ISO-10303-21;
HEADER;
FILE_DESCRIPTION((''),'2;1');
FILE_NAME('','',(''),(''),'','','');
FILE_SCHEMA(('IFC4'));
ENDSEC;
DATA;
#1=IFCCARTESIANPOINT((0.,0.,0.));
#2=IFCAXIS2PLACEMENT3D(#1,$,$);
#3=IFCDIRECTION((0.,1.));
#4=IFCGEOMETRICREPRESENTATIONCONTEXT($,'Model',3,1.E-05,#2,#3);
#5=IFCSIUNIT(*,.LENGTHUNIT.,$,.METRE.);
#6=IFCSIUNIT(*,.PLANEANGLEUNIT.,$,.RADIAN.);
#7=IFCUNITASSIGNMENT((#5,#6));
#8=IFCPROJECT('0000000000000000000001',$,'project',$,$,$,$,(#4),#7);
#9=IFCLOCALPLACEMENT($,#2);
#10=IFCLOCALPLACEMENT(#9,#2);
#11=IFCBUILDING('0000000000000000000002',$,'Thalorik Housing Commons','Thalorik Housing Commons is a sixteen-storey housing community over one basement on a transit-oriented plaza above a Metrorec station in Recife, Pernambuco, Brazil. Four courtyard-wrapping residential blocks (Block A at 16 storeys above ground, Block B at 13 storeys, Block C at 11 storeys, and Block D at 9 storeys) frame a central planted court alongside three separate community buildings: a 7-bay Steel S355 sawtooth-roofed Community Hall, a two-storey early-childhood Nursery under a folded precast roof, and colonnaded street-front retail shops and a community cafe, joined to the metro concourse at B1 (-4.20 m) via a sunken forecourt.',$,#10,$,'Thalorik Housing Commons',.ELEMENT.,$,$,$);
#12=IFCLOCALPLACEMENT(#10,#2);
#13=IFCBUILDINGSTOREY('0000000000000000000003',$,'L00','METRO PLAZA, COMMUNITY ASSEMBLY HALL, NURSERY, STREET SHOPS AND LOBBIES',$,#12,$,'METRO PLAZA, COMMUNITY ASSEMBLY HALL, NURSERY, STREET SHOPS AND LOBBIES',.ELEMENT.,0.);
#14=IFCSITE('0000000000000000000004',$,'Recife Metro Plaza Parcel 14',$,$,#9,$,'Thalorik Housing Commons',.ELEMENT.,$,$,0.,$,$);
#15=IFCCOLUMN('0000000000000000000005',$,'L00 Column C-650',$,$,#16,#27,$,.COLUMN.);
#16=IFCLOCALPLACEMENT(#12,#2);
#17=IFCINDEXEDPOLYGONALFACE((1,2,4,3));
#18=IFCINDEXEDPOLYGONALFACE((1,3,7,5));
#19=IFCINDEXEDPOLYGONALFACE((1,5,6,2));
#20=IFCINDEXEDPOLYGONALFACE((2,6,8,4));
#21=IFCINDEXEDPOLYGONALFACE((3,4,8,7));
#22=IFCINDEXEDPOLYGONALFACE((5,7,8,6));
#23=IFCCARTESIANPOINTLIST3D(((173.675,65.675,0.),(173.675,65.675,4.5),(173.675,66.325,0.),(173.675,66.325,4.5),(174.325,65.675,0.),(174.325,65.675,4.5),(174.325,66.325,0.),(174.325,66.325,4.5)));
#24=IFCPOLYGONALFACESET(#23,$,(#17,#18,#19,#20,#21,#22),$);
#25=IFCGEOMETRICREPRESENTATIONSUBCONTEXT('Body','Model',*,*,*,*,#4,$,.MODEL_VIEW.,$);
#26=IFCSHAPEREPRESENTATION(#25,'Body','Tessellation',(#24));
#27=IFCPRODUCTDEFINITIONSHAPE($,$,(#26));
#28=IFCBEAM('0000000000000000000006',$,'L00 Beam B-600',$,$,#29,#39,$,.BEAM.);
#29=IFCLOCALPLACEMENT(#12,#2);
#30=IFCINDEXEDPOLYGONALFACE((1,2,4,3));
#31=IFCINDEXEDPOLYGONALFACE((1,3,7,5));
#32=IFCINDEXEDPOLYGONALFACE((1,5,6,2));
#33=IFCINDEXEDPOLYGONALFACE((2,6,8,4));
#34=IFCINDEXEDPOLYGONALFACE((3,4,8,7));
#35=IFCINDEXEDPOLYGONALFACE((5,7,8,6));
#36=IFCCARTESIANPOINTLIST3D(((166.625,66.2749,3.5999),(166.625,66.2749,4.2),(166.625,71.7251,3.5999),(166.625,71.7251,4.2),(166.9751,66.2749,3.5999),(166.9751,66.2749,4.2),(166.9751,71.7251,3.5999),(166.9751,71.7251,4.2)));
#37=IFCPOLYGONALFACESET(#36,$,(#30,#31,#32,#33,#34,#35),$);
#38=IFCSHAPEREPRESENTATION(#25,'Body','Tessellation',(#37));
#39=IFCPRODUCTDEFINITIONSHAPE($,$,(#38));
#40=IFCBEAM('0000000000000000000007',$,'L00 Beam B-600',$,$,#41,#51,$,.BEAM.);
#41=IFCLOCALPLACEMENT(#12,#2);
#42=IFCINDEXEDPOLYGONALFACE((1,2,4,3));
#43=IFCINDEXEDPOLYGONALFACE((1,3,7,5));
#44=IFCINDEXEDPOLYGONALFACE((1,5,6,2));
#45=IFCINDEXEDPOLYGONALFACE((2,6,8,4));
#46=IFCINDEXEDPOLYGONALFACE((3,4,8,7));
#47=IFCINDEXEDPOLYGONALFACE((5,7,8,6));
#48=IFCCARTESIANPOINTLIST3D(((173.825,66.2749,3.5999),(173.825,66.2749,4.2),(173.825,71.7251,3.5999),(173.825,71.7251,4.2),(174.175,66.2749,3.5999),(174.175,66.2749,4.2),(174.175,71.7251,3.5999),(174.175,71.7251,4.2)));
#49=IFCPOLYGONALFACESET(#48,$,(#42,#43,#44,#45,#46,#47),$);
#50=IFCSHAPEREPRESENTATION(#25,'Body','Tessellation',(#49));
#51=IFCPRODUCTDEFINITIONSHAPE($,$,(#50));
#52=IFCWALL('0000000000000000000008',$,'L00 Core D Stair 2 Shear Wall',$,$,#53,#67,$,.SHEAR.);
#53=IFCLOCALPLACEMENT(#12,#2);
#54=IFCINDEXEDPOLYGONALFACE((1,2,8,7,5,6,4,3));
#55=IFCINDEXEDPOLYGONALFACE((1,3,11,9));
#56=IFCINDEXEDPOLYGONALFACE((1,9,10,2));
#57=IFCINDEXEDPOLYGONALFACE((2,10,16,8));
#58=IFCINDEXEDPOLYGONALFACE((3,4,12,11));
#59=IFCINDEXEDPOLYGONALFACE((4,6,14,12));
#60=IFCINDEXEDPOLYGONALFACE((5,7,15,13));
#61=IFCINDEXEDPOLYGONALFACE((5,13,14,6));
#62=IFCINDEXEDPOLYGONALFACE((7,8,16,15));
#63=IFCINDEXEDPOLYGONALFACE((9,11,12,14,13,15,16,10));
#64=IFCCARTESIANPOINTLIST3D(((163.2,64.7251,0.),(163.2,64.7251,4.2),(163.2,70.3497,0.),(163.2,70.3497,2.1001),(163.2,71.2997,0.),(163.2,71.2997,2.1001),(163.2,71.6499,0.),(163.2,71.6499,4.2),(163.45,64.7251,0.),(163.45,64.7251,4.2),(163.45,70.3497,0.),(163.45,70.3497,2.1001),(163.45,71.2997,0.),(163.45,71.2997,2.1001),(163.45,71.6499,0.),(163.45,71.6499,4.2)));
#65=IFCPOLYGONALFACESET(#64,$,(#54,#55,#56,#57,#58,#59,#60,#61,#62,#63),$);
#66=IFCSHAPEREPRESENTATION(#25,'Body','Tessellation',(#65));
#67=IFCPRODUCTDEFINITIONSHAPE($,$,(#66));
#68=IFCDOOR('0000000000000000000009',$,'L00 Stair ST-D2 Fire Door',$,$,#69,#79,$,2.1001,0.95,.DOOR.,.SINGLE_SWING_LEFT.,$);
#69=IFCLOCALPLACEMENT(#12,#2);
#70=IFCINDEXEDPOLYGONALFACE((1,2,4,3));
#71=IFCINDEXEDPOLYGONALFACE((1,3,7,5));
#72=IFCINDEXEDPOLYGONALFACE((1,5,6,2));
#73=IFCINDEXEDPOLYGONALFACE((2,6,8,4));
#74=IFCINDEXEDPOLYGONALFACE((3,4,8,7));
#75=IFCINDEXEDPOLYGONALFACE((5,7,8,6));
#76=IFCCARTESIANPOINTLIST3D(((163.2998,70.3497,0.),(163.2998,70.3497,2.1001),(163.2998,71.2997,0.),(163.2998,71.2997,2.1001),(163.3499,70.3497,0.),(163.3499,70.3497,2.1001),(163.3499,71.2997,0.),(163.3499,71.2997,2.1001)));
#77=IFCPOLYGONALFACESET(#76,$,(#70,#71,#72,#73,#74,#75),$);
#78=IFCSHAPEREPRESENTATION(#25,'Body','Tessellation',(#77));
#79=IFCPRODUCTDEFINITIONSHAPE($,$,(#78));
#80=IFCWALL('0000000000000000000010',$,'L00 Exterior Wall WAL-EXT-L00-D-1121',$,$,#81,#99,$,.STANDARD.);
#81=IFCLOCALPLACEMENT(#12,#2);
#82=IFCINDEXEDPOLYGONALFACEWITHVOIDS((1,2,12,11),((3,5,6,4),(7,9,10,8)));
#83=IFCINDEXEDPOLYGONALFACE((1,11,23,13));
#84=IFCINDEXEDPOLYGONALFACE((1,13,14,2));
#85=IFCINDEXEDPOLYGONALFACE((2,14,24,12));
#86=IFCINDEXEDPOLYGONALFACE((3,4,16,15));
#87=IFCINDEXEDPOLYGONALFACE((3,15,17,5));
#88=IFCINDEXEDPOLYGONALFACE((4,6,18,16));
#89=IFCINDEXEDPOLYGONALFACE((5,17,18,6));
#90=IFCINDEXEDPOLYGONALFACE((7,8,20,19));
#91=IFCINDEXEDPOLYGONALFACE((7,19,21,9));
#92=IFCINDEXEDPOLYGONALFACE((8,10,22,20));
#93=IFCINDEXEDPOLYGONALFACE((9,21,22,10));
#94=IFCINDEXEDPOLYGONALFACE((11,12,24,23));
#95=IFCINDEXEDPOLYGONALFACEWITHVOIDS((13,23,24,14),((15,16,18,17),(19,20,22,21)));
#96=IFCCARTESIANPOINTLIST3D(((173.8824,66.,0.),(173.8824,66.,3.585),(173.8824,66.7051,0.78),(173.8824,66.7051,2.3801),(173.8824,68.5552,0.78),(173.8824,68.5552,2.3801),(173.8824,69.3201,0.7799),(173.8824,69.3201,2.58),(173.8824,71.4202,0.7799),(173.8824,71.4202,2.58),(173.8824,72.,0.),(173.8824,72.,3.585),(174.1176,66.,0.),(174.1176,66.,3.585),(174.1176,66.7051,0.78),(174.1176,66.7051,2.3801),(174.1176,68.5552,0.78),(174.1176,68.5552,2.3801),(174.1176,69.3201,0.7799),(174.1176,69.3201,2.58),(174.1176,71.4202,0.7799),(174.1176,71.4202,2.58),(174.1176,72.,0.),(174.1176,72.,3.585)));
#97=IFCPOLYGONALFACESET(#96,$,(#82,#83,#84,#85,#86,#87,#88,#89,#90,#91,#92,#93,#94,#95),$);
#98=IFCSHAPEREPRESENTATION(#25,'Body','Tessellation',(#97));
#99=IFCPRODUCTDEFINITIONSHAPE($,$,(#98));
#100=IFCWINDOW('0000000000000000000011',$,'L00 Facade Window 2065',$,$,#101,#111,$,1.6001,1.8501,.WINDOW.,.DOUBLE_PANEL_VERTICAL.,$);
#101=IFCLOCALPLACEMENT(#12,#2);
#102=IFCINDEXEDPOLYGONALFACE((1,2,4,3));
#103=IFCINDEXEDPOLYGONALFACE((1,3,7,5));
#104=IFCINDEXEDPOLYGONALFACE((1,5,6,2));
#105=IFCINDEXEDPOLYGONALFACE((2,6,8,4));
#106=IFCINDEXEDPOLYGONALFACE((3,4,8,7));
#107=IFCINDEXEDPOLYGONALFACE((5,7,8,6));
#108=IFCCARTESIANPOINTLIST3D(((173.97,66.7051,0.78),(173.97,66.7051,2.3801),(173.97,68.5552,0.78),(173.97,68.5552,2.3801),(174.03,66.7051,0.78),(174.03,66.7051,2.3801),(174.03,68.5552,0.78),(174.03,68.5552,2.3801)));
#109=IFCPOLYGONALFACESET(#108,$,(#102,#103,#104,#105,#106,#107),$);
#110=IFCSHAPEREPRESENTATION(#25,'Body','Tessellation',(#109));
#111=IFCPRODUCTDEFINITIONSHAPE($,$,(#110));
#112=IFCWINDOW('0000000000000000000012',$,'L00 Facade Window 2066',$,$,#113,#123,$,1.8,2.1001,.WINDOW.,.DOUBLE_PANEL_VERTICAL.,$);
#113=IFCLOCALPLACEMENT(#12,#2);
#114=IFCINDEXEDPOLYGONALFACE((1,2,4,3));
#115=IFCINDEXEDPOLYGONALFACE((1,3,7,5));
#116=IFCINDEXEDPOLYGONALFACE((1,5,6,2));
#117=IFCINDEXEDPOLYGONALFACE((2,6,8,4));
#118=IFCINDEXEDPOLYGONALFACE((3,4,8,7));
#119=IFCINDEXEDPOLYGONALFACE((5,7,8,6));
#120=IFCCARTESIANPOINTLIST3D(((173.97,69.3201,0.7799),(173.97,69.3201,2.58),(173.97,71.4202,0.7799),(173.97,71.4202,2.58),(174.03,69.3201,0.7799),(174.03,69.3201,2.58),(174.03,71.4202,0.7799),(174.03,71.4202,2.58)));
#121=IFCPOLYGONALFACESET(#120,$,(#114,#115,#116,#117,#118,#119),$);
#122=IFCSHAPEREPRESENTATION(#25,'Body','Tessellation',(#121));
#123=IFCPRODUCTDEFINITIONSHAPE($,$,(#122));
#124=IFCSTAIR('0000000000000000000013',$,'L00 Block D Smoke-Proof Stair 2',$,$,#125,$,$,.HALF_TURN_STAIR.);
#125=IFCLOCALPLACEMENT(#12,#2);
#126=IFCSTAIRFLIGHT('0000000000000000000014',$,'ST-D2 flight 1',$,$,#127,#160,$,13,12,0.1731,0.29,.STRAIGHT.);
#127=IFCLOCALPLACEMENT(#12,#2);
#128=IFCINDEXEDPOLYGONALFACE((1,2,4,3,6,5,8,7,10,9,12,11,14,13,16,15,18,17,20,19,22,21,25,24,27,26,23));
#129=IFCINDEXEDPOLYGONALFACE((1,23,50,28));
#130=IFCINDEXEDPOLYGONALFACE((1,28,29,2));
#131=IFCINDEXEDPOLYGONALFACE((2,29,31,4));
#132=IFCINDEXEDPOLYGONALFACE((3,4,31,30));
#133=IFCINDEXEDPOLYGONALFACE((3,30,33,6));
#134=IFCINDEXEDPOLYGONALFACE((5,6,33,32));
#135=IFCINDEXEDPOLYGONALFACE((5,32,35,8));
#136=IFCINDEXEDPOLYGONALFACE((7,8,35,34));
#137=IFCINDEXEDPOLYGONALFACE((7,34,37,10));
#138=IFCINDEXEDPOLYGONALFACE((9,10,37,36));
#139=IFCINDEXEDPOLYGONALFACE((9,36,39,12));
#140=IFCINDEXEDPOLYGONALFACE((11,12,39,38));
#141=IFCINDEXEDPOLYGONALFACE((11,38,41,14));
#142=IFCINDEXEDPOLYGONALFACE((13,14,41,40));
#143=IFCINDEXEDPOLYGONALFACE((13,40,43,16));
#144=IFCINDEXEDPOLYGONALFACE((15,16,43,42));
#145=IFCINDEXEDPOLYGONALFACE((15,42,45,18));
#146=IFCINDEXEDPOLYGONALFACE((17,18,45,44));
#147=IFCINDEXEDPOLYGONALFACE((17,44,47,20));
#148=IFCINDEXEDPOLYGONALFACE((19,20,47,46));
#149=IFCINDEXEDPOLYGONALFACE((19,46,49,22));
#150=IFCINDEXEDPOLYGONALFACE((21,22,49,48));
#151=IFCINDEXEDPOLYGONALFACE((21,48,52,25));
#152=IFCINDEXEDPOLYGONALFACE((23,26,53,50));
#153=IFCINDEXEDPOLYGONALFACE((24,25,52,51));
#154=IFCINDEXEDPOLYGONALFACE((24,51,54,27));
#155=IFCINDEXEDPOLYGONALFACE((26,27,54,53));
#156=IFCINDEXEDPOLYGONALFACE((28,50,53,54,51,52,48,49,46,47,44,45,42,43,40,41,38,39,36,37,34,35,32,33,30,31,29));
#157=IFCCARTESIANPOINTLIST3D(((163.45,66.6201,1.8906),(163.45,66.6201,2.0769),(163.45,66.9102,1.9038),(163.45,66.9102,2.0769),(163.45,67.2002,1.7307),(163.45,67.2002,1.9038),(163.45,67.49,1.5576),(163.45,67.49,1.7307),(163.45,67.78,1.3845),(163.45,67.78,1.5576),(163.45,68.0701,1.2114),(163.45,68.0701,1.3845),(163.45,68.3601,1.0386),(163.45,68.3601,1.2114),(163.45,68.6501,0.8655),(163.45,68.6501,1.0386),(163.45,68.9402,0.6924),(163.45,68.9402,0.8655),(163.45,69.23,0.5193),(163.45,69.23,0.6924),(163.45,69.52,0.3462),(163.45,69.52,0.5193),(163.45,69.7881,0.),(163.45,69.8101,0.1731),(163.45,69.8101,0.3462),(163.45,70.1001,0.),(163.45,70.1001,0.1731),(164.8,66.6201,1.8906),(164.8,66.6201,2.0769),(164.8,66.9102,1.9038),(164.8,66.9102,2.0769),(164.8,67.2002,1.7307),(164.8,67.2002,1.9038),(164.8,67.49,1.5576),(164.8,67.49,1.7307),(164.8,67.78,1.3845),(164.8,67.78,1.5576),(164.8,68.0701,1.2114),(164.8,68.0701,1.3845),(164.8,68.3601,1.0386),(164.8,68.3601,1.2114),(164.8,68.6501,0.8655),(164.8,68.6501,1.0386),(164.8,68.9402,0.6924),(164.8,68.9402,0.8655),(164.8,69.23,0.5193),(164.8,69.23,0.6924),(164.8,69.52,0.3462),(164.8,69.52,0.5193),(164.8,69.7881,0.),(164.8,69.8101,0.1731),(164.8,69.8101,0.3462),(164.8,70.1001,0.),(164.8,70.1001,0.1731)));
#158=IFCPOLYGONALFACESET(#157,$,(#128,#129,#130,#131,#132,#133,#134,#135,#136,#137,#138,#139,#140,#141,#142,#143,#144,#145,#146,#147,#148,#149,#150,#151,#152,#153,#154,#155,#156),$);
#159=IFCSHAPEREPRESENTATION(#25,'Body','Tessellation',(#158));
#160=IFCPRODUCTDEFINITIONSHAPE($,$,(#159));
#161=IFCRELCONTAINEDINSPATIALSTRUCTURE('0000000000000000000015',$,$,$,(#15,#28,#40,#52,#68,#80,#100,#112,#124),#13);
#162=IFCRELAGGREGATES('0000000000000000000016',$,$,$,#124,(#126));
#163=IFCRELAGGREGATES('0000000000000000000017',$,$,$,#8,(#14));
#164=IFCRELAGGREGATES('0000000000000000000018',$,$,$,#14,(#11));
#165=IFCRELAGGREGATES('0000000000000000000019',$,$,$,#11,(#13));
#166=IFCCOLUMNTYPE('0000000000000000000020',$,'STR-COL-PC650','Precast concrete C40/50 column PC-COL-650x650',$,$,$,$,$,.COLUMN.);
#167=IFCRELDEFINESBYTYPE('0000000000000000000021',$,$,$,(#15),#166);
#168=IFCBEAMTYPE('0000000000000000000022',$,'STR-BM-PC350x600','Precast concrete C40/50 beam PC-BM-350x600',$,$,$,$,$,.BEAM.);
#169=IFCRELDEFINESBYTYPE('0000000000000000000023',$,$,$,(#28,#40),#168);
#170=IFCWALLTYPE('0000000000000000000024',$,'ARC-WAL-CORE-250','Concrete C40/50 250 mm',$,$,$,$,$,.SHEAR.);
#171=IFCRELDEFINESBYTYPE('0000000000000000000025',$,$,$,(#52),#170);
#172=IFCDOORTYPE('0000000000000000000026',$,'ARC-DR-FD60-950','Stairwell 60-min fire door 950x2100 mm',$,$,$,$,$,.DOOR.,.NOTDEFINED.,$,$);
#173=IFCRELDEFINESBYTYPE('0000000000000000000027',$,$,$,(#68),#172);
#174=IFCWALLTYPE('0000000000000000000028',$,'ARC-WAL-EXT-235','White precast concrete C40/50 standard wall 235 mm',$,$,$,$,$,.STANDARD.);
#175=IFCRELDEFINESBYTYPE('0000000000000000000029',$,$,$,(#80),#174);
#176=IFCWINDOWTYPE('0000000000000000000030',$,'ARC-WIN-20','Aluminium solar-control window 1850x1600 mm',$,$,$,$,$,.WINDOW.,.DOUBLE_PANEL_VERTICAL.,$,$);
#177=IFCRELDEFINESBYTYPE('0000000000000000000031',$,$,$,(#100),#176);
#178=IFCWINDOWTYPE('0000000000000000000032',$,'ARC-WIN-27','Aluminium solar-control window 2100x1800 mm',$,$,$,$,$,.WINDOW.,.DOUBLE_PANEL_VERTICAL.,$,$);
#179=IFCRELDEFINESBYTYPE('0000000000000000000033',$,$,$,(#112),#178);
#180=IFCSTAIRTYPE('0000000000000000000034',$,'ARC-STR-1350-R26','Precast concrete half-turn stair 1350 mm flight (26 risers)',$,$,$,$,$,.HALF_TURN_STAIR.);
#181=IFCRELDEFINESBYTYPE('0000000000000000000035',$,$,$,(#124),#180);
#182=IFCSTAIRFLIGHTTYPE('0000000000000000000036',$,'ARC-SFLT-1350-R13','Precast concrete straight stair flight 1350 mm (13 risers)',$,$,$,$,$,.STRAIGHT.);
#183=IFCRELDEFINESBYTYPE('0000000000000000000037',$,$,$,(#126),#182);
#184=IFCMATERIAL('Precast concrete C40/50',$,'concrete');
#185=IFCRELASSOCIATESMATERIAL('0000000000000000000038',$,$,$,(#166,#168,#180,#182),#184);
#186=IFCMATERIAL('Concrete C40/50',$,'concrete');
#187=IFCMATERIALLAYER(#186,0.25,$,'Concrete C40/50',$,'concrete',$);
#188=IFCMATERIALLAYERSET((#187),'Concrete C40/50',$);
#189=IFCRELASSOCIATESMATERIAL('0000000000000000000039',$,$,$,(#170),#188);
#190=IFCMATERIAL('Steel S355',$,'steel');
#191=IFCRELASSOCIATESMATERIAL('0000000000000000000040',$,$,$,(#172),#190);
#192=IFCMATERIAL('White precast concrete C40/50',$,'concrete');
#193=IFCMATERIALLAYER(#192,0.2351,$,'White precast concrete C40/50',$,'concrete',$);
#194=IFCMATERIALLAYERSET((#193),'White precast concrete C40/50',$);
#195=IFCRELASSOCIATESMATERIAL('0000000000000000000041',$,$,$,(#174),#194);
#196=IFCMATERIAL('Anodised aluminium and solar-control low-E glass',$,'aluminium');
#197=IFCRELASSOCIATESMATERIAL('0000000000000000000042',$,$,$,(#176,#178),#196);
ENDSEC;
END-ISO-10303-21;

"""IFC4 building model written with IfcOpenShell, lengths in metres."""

from ifc_helpers import new_model, si_unit, direction, frame, frame_2d, origin, origin_2d, place, context, subcontext, project, spatial, polyline, rectangle, outline, extrude, material, layer, layer_set, material_profile, profile_set, type_object, element, fill, aggregate, save


model = new_model("IFC4")

# Units and contexts
model_context = context("Model", 3, precision=1e-05, world=origin(), true_north=direction((0.0, 1.0)))
body_context = subcontext(model_context, "Body", "Model", "MODEL_VIEW")
ifc_project = project(units=[si_unit("LENGTHUNIT", "METRE"), si_unit("PLANEANGLEUNIT", "RADIAN")], contexts=[model_context])

# Site, building, storey
site_placement = place(None, origin())
site = spatial("IfcSite", under=ifc_project, at=site_placement, Name="Recife Metro Plaza Parcel 14", LongName="Thalorik Housing Commons", CompositionType="ELEMENT", RefElevation=0.0)
building_placement = place(site_placement, origin())
building = spatial("IfcBuilding", under=site, at=building_placement, Name="Thalorik Housing Commons", Description="Thalorik Housing Commons is a sixteen-storey housing community over one basement on a transit-oriented plaza above a Metrorec station in Recife, Pernambuco, Brazil. Four courtyard-wrapping residential blocks (Block A at 16 storeys above ground, Block B at 13 storeys, Block C at 11 storeys, and Block D at 9 storeys) frame a central planted court alongside three separate community buildings: a 7-bay Steel S355 sawtooth-roofed Community Hall, a two-storey early-childhood Nursery under a folded precast roof, and colonnaded street-front retail shops and a community cafe, joined to the metro concourse at B1 (-4.20 m) via a sunken forecourt.", LongName="Thalorik Housing Commons", CompositionType="ELEMENT")
storey_placement = place(building_placement, origin())
storey = spatial("IfcBuildingStorey", under=building, at=storey_placement, Name="L00", Description="METRO PLAZA, COMMUNITY ASSEMBLY HALL, NURSERY, STREET SHOPS AND LOBBIES", LongName="METRO PLAZA, COMMUNITY ASSEMBLY HALL, NURSERY, STREET SHOPS AND LOBBIES", CompositionType="ELEMENT", Elevation=0.0)

# Column
ifc_material_1 = material(Name="Precast concrete C40/50", Category="concrete")
ifc_material_profile_1 = material_profile(ifc_material_1, rectangle(XDim=0.6499, YDim=0.6499, at=origin_2d()), Name="PC 650x650", Category="concrete")
ifc_profile_set_1 = profile_set([ifc_material_profile_1], Name="Precast concrete C40/50")
column_type = type_object("IfcColumnType", Name="STR-COL-PC650", Description="Precast concrete C40/50 column PC-COL-650x650", PredefinedType="COLUMN", material=ifc_profile_set_1)
column_placement = place(storey_placement, frame((174.0, 66.0, 0.0), z_axis=(0.0, 0.0, 1.0), x_axis=(1.0, 0.0, 0.0)))
element("IfcColumn", 1, at=column_placement, inside=storey, type_object=column_type, Name="L00 Column C-650", PredefinedType="COLUMN", context=body_context, shape_type="SweptSolid", body=[
    extrude(rectangle(XDim=0.6499, YDim=0.6499, at=origin_2d()), origin(), (0.0, 0.0, 1.0), 4.5),
])

# Beams
ifc_material_profile_2 = material_profile(ifc_material_1, rectangle(XDim=0.3501, YDim=0.6001, at=origin_2d()), Name="PC 350x600", Category="concrete")
ifc_profile_set_2 = profile_set([ifc_material_profile_2], Name="Precast concrete C40/50")
beam_type = type_object("IfcBeamType", Name="STR-BM-PC350x600", Description="Precast concrete C40/50 beam PC-BM-350x600", PredefinedType="BEAM", material=ifc_profile_set_2)
for number, where, z_axis, x_axis, name in (
    (2, (166.8, 66.2749, 3.8999), (0.0, 1.0, 0.0), (-1.0, 0.0, 0.0), "L00 Beam B-600"),
    (3, (174.0, 66.2749, 3.8999), (0.0, 1.0, 0.0), (-1.0, 0.0, 0.0), "L00 Beam B-600"),
):
    element("IfcBeam", number, at=place(storey_placement, frame(where, z_axis=z_axis, x_axis=x_axis)), inside=storey, type_object=beam_type, Name=name, PredefinedType="BEAM", context=body_context, shape_type="SweptSolid", body=[
        extrude(rectangle(XDim=0.3501, YDim=0.6001, at=origin_2d()), origin(), (0.0, 0.0, 1.0), 5.4502),
    ])

# Wall, opening, door
ifc_material_2 = material(Name="Concrete C40/50", Category="concrete")
ifc_layer_1 = layer(ifc_material_2, 0.25, Name="Concrete C40/50", Category="concrete")
ifc_layer_set_1 = layer_set([ifc_layer_1], Name="Concrete C40/50")
wall_type_1 = type_object("IfcWallType", Name="ARC-WAL-CORE-250", Description="Concrete C40/50 250 mm", PredefinedType="SHEAR", material=ifc_layer_set_1)
wall_1_placement = place(storey_placement, frame((163.325, 71.6499, 0.0), z_axis=(0.0, 0.0, 1.0), x_axis=(0.0, -1.0, 0.0)))
wall_1 = element("IfcWall", 4, at=wall_1_placement, inside=storey, type_object=wall_type_1, Name="L00 Core D Stair 2 Shear Wall", PredefinedType="SHEAR", context=body_context, shape_type="SweptSolid", body=[
    extrude(rectangle(XDim=6.9248, YDim=0.25, at=frame_2d((3.4624, 0.0))), origin(), (0.0, 0.0, 1.0), 4.2),
])
opening_1_placement = place(wall_1_placement, frame((0.3501, 0.0, 0.0)))
opening_1 = element("IfcOpeningElement", 5, at=opening_1_placement, cuts=wall_1, PredefinedType="OPENING", context=body_context, shape_type="SweptSolid", body=[
    extrude(rectangle(XDim=0.95, YDim=2.1001, at=frame_2d((0.4751, 1.05))), frame((0.0, 0.135, 0.0), z_axis=(0.0, -1.0, 0.0), x_axis=(1.0, 0.0, 0.0)), (0.0, 0.0, 1.0), 0.27),
])
ifc_material_3 = material(Name="Steel S355", Category="steel")
door_type_1 = type_object("IfcDoorType", Name="ARC-DR-FD60-950", Description="Stairwell 60-min fire door 950x2100 mm", OperationType="NOTDEFINED", PredefinedType="DOOR", material=ifc_material_3)
door_1_placement = place(opening_1_placement, origin())
door_1 = element("IfcDoor", 6, at=door_1_placement, inside=storey, type_object=door_type_1, Name="L00 Stair ST-D2 Fire Door", OperationType="SINGLE_SWING_LEFT", OverallHeight=2.1001, OverallWidth=0.95, PredefinedType="DOOR", context=body_context, shape_type="SweptSolid", body=[
    extrude(rectangle(XDim=0.95, YDim=2.1001, at=frame_2d((0.4751, 1.05))), frame((0.0, 0.0249, 0.0), z_axis=(0.0, -1.0, 0.0), x_axis=(1.0, 0.0, 0.0)), (0.0, 0.0, 1.0), 0.05),
])
fill(opening_1, door_1)

# Wall, openings, windows
ifc_material_4 = material(Name="White precast concrete C40/50", Category="concrete")
ifc_layer_2 = layer(ifc_material_4, 0.2351, Name="White precast concrete C40/50", Category="concrete")
ifc_layer_set_2 = layer_set([ifc_layer_2], Name="White precast concrete C40/50")
wall_type_2 = type_object("IfcWallType", Name="ARC-WAL-EXT-235", Description="White precast concrete C40/50 standard wall 235 mm", PredefinedType="STANDARD", material=ifc_layer_set_2)
wall_2_placement = place(storey_placement, frame((174.0, 66.0, 0.0), z_axis=(0.0, 0.0, 1.0), x_axis=(0.0, 1.0, 0.0)))
wall_2 = element("IfcWall", 7, at=wall_2_placement, inside=storey, type_object=wall_type_2, Name="L00 Exterior Wall WAL-EXT-L00-D-1121", PredefinedType="STANDARD", context=body_context, shape_type="SweptSolid", body=[
    extrude(rectangle(XDim=6.0, YDim=0.2351, at=frame_2d((3.0, 0.0))), origin(), (0.0, 0.0, 1.0), 3.585),
])
opening_2_placement = place(wall_2_placement, frame((0.7051, 0.0, 0.78)))
opening_2 = element("IfcOpeningElement", 8, at=opening_2_placement, cuts=wall_2, PredefinedType="OPENING", context=body_context, shape_type="SweptSolid", body=[
    extrude(rectangle(XDim=1.8501, YDim=1.6001, at=frame_2d((0.925, 0.8))), frame((0.0, 0.1274, 0.0), z_axis=(0.0, -1.0, 0.0), x_axis=(1.0, 0.0, 0.0)), (0.0, 0.0, 1.0), 0.2551),
])
opening_3_placement = place(wall_2_placement, frame((3.3201, 0.0, 0.78)))
opening_3 = element("IfcOpeningElement", 9, at=opening_3_placement, cuts=wall_2, PredefinedType="OPENING", context=body_context, shape_type="SweptSolid", body=[
    extrude(rectangle(XDim=2.1001, YDim=1.8, at=frame_2d((1.05, 0.8999))), frame((0.0, 0.1274, 0.0), z_axis=(0.0, -1.0, 0.0), x_axis=(1.0, 0.0, 0.0)), (0.0, 0.0, 1.0), 0.2551),
])
ifc_material_5 = material(Name="Anodised aluminium and solar-control low-E glass", Category="aluminium")
window_type_1 = type_object("IfcWindowType", Name="ARC-WIN-20", Description="Aluminium solar-control window 1850x1600 mm", PartitioningType="DOUBLE_PANEL_VERTICAL", PredefinedType="WINDOW", material=ifc_material_5)
window_1_placement = place(opening_2_placement, origin())
window_1 = element("IfcWindow", 10, at=window_1_placement, inside=storey, type_object=window_type_1, Name="L00 Facade Window 2065", OverallHeight=1.6001, OverallWidth=1.8501, PartitioningType="DOUBLE_PANEL_VERTICAL", PredefinedType="WINDOW", context=body_context, shape_type="SweptSolid", body=[
    extrude(rectangle(XDim=1.8501, YDim=1.6001, at=frame_2d((0.925, 0.8))), frame((0.0, 0.03, 0.0), z_axis=(0.0, -1.0, 0.0), x_axis=(1.0, 0.0, 0.0)), (0.0, 0.0, 1.0), 0.0601),
])
fill(opening_2, window_1)
window_type_2 = type_object("IfcWindowType", Name="ARC-WIN-27", Description="Aluminium solar-control window 2100x1800 mm", PartitioningType="DOUBLE_PANEL_VERTICAL", PredefinedType="WINDOW", material=ifc_material_5)
window_2_placement = place(opening_3_placement, origin())
window_2 = element("IfcWindow", 11, at=window_2_placement, inside=storey, type_object=window_type_2, Name="L00 Facade Window 2066", OverallHeight=1.8, OverallWidth=2.1001, PartitioningType="DOUBLE_PANEL_VERTICAL", PredefinedType="WINDOW", context=body_context, shape_type="SweptSolid", body=[
    extrude(rectangle(XDim=2.1001, YDim=1.8, at=frame_2d((1.05, 0.8999))), frame((0.0, 0.03, 0.0), z_axis=(0.0, -1.0, 0.0), x_axis=(1.0, 0.0, 0.0)), (0.0, 0.0, 1.0), 0.0601),
])
fill(opening_3, window_2)

# Stair, stair flight
stair_type = type_object("IfcStairType", Name="ARC-STR-1350-R26", Description="Precast concrete half-turn stair 1350 mm flight (26 risers)", PredefinedType="HALF_TURN_STAIR", material=ifc_material_1)
stair_placement = place(storey_placement, origin())
stair = element("IfcStair", 12, at=stair_placement, inside=storey, type_object=stair_type, Name="L00 Block D Smoke-Proof Stair 2", PredefinedType="HALF_TURN_STAIR")
stair_flight_type = type_object("IfcStairFlightType", Name="ARC-SFLT-1350-R13", Description="Precast concrete straight stair flight 1350 mm (13 risers)", PredefinedType="STRAIGHT", material=ifc_material_1)
stair_flight_1_placement = place(storey_placement, frame((164.125, 70.1001, 0.0), z_axis=(0.0, 0.0, 1.0), x_axis=(0.0, -1.0, 0.0)))
stair_flight_1 = element("IfcStairFlight", 13, at=stair_flight_1_placement, type_object=stair_flight_type, Name="ST-D2 flight 1", NumberOfRisers=13, NumberOfTreads=12, PredefinedType="STRAIGHT", RiserHeight=0.1731, TreadLength=0.29, context=body_context, shape_type="SweptSolid", body=[
    extrude(outline(polyline([(0.0, 0.0), (0.0, 0.1731), (0.29, 0.1731), (0.29, 0.3462), (0.5801, 0.3462), (0.5801, 0.5193), (0.8701, 0.5193), (0.8701, 0.6924), (1.1599, 0.6924), (1.1599, 0.8655), (1.45, 0.8655), (1.45, 1.0386), (1.74, 1.0386), (1.74, 1.2114), (2.03, 1.2114), (2.03, 1.3845), (2.3201, 1.3845), (2.3201, 1.5576), (2.6101, 1.5576), (2.6101, 1.7307), (2.8999, 1.7307), (2.8999, 1.9038), (3.1899, 1.9038), (3.1899, 2.0769), (3.48, 2.0769), (3.48, 2.25), (3.48, 1.8906), (0.312, 0.0), (0.0, 0.0)])), frame((0.0, 0.675, 0.0), z_axis=(0.0, -1.0, 0.0), x_axis=(1.0, 0.0, 0.0)), (0.0, 0.0, 1.0), 1.3501),
])
aggregate(stair, [stair_flight_1])

save(model, "model.ifc")
